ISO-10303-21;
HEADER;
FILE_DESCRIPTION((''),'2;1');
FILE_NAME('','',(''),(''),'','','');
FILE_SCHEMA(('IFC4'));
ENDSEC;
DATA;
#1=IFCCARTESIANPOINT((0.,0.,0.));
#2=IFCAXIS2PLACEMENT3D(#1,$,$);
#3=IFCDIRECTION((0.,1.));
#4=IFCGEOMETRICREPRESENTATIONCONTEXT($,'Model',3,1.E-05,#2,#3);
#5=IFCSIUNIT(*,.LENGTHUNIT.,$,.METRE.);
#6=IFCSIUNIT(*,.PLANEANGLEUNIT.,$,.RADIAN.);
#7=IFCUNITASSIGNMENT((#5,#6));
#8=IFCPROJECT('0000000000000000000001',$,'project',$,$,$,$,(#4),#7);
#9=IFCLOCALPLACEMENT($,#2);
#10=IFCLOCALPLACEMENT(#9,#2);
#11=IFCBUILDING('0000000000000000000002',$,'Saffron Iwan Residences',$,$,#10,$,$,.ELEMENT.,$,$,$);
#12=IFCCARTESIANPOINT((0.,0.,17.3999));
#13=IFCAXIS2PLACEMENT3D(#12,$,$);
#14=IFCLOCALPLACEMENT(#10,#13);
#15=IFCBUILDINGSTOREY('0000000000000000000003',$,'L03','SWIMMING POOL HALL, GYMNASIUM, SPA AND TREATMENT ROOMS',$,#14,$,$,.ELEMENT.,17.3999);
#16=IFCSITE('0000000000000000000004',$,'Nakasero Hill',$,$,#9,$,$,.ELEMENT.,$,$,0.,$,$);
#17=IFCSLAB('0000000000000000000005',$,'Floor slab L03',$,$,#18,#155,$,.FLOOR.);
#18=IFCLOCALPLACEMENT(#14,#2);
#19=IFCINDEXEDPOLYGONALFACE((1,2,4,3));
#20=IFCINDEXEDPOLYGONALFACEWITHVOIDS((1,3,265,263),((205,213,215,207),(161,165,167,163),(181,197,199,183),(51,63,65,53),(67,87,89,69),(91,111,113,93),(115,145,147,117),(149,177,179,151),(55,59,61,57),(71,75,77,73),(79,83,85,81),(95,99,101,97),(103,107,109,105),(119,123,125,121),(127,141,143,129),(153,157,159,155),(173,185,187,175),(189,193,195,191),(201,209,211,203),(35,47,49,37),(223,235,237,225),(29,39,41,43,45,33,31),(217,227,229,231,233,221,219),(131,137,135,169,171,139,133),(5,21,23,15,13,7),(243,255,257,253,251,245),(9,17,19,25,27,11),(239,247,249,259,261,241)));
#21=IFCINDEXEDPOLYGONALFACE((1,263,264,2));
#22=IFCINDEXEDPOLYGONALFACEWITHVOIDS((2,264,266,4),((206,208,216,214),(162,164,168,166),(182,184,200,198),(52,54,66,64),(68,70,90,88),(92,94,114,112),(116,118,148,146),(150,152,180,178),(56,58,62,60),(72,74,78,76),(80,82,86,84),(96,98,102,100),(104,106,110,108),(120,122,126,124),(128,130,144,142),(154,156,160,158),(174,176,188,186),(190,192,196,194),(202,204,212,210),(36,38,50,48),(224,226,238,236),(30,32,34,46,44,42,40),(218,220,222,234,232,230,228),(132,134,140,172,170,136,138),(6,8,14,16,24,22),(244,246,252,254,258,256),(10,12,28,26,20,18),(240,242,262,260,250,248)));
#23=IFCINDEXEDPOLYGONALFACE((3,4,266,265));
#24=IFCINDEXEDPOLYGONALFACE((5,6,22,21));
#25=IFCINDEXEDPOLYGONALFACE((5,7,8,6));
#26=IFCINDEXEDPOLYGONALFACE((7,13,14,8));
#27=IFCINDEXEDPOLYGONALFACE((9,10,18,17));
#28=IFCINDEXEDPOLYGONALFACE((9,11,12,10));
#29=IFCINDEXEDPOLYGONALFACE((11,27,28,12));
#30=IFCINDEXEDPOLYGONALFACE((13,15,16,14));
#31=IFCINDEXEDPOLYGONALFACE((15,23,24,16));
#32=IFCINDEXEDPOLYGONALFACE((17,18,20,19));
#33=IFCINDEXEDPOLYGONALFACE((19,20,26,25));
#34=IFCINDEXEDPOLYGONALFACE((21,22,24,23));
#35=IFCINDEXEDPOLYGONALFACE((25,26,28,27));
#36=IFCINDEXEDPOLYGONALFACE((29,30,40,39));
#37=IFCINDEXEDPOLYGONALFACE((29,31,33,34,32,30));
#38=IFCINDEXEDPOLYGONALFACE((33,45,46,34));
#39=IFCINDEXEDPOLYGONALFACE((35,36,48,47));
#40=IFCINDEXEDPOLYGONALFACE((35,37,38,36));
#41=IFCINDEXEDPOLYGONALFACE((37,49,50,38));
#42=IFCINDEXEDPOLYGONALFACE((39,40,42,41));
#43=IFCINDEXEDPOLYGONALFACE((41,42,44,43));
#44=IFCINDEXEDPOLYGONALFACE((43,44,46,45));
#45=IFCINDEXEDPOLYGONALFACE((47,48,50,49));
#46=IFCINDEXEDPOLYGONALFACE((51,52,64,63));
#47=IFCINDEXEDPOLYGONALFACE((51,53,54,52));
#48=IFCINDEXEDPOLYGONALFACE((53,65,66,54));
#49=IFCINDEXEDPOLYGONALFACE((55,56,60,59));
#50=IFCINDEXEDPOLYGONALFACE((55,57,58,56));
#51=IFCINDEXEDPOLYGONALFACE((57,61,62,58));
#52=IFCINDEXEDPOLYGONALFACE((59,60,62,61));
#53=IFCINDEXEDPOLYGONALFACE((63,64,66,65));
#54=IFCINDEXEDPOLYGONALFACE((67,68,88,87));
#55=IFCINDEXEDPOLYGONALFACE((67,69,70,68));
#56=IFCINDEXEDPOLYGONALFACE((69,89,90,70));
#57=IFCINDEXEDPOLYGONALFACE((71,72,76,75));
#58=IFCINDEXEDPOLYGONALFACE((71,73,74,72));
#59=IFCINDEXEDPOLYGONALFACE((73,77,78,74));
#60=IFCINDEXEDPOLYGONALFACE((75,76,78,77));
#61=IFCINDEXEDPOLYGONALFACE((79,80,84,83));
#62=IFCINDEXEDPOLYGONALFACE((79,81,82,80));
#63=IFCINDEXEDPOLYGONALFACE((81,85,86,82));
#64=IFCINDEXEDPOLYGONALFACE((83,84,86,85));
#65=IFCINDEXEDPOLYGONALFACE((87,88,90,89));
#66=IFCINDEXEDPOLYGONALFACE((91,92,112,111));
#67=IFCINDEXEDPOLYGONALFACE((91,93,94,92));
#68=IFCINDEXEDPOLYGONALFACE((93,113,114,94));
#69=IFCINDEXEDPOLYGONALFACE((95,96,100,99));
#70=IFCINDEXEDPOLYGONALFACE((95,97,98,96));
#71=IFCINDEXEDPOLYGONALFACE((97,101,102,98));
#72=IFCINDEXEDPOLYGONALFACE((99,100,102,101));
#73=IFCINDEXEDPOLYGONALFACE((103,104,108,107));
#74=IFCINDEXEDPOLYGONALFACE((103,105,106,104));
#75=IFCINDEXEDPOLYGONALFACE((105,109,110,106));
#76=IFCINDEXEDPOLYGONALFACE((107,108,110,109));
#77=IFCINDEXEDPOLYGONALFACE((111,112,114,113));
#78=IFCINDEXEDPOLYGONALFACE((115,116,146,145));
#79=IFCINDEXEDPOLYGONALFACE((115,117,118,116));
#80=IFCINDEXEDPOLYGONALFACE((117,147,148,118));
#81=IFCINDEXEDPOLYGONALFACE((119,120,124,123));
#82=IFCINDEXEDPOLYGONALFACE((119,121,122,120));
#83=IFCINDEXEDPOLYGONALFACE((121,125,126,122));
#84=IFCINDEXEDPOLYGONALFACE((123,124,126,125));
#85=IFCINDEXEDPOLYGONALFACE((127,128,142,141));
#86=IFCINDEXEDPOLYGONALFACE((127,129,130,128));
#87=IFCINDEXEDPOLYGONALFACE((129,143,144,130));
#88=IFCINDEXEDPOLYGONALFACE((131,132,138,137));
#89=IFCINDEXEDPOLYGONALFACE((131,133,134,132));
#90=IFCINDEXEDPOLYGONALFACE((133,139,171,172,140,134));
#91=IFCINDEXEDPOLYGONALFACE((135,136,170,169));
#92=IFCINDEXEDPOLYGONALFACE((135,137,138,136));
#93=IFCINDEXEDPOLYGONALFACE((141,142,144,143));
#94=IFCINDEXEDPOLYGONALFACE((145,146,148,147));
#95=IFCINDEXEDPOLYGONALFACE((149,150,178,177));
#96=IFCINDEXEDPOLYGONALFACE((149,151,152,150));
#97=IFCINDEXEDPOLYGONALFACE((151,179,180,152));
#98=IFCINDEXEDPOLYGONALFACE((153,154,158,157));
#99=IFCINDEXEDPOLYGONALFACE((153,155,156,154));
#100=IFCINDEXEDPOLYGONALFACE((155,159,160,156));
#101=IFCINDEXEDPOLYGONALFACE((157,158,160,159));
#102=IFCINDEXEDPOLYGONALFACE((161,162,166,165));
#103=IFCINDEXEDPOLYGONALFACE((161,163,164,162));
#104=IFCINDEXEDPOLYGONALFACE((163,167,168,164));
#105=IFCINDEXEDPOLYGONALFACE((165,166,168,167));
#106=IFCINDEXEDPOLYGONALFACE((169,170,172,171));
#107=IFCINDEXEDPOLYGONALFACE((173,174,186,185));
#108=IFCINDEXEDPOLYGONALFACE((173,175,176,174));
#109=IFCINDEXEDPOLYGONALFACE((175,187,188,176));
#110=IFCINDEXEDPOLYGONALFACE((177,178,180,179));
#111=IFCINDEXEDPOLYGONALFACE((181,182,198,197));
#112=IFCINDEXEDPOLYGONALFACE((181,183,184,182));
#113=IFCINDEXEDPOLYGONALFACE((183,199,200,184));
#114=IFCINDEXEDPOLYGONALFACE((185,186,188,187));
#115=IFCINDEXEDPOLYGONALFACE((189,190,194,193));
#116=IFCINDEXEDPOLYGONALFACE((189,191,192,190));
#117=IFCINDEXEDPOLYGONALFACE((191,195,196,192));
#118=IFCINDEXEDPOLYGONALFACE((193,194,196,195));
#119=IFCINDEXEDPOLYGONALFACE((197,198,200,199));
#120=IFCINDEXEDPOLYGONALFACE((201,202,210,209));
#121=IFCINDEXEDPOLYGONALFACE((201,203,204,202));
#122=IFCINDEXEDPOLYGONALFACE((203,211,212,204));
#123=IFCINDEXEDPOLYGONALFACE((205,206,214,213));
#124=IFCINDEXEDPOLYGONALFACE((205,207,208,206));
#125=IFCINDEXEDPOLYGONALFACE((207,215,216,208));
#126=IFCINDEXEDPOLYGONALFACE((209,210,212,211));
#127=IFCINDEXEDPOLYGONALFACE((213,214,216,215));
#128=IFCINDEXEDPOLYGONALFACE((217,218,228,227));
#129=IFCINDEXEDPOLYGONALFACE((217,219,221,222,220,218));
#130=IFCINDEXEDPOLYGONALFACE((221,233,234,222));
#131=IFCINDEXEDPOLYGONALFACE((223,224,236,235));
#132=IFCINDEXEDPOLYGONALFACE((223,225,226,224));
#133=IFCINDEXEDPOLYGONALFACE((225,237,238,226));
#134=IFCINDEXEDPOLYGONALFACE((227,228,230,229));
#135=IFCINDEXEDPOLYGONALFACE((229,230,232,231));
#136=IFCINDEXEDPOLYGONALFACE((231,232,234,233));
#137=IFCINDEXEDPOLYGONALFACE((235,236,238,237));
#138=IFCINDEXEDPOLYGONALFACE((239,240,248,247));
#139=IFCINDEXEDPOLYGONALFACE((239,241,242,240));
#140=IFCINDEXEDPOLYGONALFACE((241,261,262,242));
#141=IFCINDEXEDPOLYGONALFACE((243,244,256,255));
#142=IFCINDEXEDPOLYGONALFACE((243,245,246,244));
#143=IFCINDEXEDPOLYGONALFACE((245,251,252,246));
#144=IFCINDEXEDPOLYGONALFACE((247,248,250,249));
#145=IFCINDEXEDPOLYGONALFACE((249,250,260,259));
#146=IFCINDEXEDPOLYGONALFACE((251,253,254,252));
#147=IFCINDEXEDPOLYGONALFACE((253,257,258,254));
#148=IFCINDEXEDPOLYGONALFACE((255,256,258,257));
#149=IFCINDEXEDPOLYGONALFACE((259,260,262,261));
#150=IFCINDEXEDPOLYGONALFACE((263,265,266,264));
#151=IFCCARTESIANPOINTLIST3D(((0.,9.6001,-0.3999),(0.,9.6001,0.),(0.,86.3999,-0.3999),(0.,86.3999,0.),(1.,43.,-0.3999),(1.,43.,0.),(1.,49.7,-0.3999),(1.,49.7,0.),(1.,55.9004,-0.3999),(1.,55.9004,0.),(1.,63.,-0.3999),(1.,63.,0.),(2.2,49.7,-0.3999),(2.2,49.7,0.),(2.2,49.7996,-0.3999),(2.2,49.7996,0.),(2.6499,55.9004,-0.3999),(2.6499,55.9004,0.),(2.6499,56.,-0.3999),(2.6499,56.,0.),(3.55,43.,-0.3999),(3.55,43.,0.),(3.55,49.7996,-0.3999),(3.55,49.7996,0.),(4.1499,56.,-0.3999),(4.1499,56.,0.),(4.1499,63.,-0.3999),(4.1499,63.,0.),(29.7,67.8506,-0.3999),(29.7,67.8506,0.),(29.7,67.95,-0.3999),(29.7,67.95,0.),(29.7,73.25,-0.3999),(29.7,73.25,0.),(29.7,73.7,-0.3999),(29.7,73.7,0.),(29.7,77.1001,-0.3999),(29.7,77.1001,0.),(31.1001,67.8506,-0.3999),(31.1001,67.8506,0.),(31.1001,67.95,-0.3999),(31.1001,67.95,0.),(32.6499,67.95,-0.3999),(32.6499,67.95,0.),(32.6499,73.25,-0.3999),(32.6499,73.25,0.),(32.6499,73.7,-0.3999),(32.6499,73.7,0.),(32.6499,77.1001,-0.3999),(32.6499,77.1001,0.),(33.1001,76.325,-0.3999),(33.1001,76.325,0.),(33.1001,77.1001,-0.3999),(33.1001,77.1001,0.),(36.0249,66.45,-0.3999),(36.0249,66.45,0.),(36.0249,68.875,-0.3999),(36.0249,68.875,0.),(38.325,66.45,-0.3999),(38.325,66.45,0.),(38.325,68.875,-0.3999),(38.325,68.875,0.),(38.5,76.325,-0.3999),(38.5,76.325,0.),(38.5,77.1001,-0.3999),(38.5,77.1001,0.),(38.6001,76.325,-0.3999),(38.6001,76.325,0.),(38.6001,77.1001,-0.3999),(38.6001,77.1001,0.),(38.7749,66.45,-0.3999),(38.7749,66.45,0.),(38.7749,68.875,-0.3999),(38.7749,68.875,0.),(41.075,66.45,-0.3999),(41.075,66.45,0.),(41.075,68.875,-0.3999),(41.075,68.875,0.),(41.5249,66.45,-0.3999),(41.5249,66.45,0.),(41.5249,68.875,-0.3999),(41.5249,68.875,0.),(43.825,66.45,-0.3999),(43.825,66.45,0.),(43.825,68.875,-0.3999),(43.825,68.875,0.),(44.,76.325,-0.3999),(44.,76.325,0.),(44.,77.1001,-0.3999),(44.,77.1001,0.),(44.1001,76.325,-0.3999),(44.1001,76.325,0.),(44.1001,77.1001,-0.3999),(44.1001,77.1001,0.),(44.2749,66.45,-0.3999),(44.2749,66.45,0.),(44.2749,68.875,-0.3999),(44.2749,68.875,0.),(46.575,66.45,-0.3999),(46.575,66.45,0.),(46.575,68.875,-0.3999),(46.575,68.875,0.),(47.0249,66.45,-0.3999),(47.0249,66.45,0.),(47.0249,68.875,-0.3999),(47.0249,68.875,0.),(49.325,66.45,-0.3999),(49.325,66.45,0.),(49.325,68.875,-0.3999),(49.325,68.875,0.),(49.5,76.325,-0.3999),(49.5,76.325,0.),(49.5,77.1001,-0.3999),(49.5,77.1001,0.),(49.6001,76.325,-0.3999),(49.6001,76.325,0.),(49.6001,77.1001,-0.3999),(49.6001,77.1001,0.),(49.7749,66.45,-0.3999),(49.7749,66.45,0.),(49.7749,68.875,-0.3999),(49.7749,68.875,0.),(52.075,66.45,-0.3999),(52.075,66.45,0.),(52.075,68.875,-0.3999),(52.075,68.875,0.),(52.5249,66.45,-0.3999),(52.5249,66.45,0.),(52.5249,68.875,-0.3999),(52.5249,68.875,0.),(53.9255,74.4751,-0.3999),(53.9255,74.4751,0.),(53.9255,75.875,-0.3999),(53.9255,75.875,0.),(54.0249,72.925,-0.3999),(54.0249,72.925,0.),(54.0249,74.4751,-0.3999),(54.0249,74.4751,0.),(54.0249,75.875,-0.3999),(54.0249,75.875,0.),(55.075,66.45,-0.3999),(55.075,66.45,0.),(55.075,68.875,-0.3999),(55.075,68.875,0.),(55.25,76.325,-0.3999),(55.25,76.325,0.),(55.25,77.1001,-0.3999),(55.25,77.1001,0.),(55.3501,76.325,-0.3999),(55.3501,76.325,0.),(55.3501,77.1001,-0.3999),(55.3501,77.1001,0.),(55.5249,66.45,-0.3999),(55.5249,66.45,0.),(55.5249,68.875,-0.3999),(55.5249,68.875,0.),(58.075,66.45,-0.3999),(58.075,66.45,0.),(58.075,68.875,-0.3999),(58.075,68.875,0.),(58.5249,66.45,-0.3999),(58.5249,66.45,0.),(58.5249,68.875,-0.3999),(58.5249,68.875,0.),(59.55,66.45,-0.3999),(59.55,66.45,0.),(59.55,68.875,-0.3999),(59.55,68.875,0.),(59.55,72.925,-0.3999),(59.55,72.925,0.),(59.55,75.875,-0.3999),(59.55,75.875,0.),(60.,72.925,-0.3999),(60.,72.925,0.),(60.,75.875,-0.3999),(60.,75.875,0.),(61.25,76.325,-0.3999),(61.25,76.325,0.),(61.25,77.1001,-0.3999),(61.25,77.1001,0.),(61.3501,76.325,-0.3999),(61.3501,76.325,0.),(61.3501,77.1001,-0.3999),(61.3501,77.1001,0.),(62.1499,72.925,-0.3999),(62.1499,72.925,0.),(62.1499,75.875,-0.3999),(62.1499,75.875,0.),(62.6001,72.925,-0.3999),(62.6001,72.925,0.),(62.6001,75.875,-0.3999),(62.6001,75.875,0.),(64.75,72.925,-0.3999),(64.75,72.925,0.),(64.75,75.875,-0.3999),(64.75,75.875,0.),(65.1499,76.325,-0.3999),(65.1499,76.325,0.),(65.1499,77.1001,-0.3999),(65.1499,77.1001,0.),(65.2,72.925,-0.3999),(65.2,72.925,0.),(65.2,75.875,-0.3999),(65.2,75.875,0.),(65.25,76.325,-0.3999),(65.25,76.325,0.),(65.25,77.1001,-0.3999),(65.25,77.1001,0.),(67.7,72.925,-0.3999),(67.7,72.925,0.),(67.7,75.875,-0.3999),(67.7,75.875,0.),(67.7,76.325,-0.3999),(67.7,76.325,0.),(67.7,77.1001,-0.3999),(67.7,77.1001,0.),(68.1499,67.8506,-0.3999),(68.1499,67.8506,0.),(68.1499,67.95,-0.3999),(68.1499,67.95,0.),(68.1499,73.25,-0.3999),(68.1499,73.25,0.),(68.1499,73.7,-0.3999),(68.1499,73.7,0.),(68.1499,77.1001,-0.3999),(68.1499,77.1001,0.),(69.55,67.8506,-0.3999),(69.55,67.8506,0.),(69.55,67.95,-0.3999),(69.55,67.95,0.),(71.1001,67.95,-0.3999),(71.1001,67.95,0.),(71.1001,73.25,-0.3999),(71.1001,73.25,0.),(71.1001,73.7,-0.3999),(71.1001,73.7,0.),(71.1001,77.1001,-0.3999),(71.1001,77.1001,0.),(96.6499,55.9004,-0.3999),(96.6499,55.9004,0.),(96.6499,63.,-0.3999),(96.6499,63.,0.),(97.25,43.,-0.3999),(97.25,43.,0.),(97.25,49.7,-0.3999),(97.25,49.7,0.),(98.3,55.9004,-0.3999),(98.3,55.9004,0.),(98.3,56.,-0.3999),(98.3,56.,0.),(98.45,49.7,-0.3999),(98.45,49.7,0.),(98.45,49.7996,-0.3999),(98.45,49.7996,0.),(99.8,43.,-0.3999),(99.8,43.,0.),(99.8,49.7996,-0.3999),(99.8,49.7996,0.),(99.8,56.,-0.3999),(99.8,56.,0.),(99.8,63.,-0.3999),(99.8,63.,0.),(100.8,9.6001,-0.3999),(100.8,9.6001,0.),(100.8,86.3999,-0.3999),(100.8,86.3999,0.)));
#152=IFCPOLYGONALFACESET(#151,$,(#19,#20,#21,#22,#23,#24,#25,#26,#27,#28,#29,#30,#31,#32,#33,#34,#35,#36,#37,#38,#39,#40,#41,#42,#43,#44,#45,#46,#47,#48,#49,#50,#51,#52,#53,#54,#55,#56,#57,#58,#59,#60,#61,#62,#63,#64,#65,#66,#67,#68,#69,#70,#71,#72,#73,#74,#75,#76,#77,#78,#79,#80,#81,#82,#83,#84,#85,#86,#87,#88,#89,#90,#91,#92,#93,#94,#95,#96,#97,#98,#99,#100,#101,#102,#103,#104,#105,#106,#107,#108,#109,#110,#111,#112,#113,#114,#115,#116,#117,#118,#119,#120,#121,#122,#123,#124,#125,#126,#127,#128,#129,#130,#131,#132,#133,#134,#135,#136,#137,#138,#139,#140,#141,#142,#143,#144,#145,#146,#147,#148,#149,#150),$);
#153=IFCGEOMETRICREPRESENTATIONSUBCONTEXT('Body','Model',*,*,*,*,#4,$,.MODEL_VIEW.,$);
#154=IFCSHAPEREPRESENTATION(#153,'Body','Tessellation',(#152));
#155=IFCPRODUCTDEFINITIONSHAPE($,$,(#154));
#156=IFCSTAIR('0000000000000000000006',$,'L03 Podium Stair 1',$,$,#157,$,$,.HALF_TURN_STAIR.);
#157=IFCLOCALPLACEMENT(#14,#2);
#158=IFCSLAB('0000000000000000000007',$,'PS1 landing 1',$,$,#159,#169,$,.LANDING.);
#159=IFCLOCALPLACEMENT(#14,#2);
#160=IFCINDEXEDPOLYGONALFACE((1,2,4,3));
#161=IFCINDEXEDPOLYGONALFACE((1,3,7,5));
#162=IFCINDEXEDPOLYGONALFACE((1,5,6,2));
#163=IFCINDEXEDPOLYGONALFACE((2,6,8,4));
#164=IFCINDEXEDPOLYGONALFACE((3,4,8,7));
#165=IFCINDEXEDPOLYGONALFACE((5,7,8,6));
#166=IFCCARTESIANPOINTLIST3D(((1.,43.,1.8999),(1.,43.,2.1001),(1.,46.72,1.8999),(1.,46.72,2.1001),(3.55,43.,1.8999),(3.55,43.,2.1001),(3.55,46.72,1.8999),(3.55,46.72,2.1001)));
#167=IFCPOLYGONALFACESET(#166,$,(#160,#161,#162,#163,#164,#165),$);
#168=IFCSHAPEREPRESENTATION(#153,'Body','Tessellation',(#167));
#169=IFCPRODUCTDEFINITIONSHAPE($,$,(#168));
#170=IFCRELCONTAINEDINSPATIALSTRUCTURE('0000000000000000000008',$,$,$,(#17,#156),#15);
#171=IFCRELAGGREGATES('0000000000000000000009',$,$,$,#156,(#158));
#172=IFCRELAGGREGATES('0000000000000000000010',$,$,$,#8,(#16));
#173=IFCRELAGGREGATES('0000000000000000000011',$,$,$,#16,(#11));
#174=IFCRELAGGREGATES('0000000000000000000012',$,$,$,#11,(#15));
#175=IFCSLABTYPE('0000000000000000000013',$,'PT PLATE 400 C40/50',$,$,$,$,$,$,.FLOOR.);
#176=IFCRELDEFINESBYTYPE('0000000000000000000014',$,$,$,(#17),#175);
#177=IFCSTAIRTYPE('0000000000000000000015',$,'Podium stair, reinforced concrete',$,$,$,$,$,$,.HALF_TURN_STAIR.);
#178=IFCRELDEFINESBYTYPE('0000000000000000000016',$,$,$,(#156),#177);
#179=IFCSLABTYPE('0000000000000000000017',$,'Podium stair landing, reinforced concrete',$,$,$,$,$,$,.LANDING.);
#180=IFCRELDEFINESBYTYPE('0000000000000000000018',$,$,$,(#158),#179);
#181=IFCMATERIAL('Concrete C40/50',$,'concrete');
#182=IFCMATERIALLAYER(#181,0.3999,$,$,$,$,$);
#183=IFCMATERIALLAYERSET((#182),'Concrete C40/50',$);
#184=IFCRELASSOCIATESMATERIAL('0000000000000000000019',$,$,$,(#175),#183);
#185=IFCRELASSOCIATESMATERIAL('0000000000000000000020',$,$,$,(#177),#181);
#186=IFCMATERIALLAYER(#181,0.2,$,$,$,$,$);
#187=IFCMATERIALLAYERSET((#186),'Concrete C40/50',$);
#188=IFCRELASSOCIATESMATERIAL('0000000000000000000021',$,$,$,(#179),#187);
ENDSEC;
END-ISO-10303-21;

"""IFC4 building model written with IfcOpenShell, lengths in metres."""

from ifc_helpers import new_model, si_unit, direction, frame, origin, place, context, subcontext, project, spatial, polyline, outline, extrude, material, layer, layer_set, type_object, element, aggregate, save


model = new_model("IFC4")

# Units and contexts
model_context = context("Model", 3, precision=1e-05, world=origin(), true_north=direction((0.0, 1.0)))
body_context = subcontext(model_context, "Body", "Model", "MODEL_VIEW")
ifc_project = project(units=[si_unit("LENGTHUNIT", "METRE"), si_unit("PLANEANGLEUNIT", "RADIAN")], contexts=[model_context])

# Site, building, storey
site_placement = place(None, origin())
site = spatial("IfcSite", under=ifc_project, at=site_placement, Name="Nakasero Hill", CompositionType="ELEMENT", RefElevation=0.0)
building_placement = place(site_placement, origin())
building = spatial("IfcBuilding", under=site, at=building_placement, Name="Saffron Iwan Residences", CompositionType="ELEMENT")
storey_placement = place(building_placement, frame((0.0, 0.0, 17.3999)))
storey = spatial("IfcBuildingStorey", under=building, at=storey_placement, Name="L03", Description="SWIMMING POOL HALL, GYMNASIUM, SPA AND TREATMENT ROOMS", CompositionType="ELEMENT", Elevation=17.3999)

# Slab
ifc_material_1 = material(Name="Concrete C40/50", Category="concrete")
ifc_layer_1 = layer(ifc_material_1, 0.3999)
ifc_layer_set_1 = layer_set([ifc_layer_1], Name="Concrete C40/50")
slab_type_1 = type_object("IfcSlabType", Name="PT PLATE 400 C40/50", PredefinedType="FLOOR", material=ifc_layer_set_1)
slab_1_placement = place(storey_placement, frame((0.0, 0.0, -0.3999)))
element("IfcSlab", 1, at=slab_1_placement, inside=storey, type_object=slab_type_1, Name="Floor slab L03", PredefinedType="FLOOR", context=body_context, shape_type="SweptSolid", body=[
    extrude(outline(polyline([(0.0, 9.6001), (0.0, 86.3999), (100.8, 86.3999), (100.8, 9.6001), (0.0, 9.6001)]), holes=[polyline([(2.2, 49.7), (1.0, 49.7), (1.0, 43.0), (3.55, 43.0), (3.55, 49.7996), (2.2, 49.7996), (2.2, 49.7)]), polyline([(2.6499, 55.9004), (2.6499, 56.0), (4.1499, 56.0), (4.1499, 63.0), (1.0, 63.0), (1.0, 55.9004), (2.6499, 55.9004)]), polyline([(38.325, 66.45), (38.325, 68.875), (36.0249, 68.875), (36.0249, 66.45), (38.325, 66.45)]), polyline([(41.075, 66.45), (41.075, 68.875), (38.7749, 68.875), (38.7749, 66.45), (41.075, 66.45)]), polyline([(43.825, 66.45), (43.825, 68.875), (41.5249, 68.875), (41.5249, 66.45), (43.825, 66.45)]), polyline([(46.575, 66.45), (46.575, 68.875), (44.2749, 68.875), (44.2749, 66.45), (46.575, 66.45)]), polyline([(49.325, 66.45), (49.325, 68.875), (47.0249, 68.875), (47.0249, 66.45), (49.325, 66.45)]), polyline([(52.075, 68.875), (49.7749, 68.875), (49.7749, 66.45), (52.075, 66.45), (52.075, 68.875)]), polyline([(32.6499, 73.25), (29.7, 73.25), (29.7, 67.95), (29.7, 67.8506), (31.1001, 67.8506), (31.1001, 67.95), (32.6499, 67.95), (32.6499, 73.25)]), polyline([(32.6499, 73.7), (32.6499, 77.1001), (29.7, 77.1001), (29.7, 73.7), (32.6499, 73.7)]), polyline([(38.5, 76.325), (38.5, 77.1001), (33.1001, 77.1001), (33.1001, 76.325), (38.5, 76.325)]), polyline([(44.0, 76.325), (44.0, 77.1001), (38.6001, 77.1001), (38.6001, 76.325), (44.0, 76.325)]), polyline([(49.5, 76.325), (49.5, 77.1001), (44.1001, 77.1001), (44.1001, 76.325), (49.5, 76.325)]), polyline([(55.25, 76.325), (55.25, 77.1001), (49.6001, 77.1001), (49.6001, 76.325), (55.25, 76.325)]), polyline([(98.45, 49.7), (97.25, 49.7), (97.25, 43.0), (99.8, 43.0), (99.8, 49.7996), (98.45, 49.7996), (98.45, 49.7)]), polyline([(98.3, 55.9004), (98.3, 56.0), (99.8, 56.0), (99.8, 63.0), (96.6499, 63.0), (96.6499, 55.9004), (98.3, 55.9004)]), polyline([(55.075, 66.45), (55.075, 68.875), (52.5249, 68.875), (52.5249, 66.45), (55.075, 66.45)]), polyline([(58.075, 66.45), (58.075, 68.875), (55.5249, 68.875), (55.5249, 66.45), (58.075, 66.45)]), polyline([(59.55, 66.45), (59.55, 68.875), (58.5249, 68.875), (58.5249, 66.45), (59.55, 66.45)]), polyline([(71.1001, 73.25), (68.1499, 73.25), (68.1499, 67.95), (68.1499, 67.8506), (69.55, 67.8506), (69.55, 67.95), (71.1001, 67.95), (71.1001, 73.25)]), polyline([(53.9255, 74.4751), (54.0249, 74.4751), (54.0249, 72.925), (59.55, 72.925), (59.55, 75.875), (54.0249, 75.875), (53.9255, 75.875), (53.9255, 74.4751)]), polyline([(62.1499, 75.875), (60.0, 75.875), (60.0, 72.925), (62.1499, 72.925), (62.1499, 75.875)]), polyline([(64.75, 72.925), (64.75, 75.875), (62.6001, 75.875), (62.6001, 72.925), (64.75, 72.925)]), polyline([(67.7, 72.925), (67.7, 75.875), (65.2, 75.875), (65.2, 72.925), (67.7, 72.925)]), polyline([(71.1001, 73.7), (71.1001, 77.1001), (68.1499, 77.1001), (68.1499, 73.7), (71.1001, 73.7)]), polyline([(61.25, 76.325), (61.25, 77.1001), (55.3501, 77.1001), (55.3501, 76.325), (61.25, 76.325)]), polyline([(65.1499, 76.325), (65.1499, 77.1001), (61.3501, 77.1001), (61.3501, 76.325), (65.1499, 76.325)]), polyline([(67.7, 76.325), (67.7, 77.1001), (65.25, 77.1001), (65.25, 76.325), (67.7, 76.325)])]), origin(), (0.0, 0.0, 1.0), 0.3999),
])

# Stair, slab
stair_type_1 = type_object("IfcStairType", Name="Podium stair, reinforced concrete", PredefinedType="HALF_TURN_STAIR", material=ifc_material_1)
stair_1_placement = place(storey_placement, origin())
stair_1 = element("IfcStair", 2, at=stair_1_placement, inside=storey, type_object=stair_type_1, Name="L03 Podium Stair 1", PredefinedType="HALF_TURN_STAIR")
ifc_layer_2 = layer(ifc_material_1, 0.2)
ifc_layer_set_2 = layer_set([ifc_layer_2], Name="Concrete C40/50")
slab_type_2 = type_object("IfcSlabType", Name="Podium stair landing, reinforced concrete", PredefinedType="LANDING", material=ifc_layer_set_2)
slab_2_placement = place(storey_placement, frame((0.0, 0.0, 1.8999)))
slab_2 = element("IfcSlab", 3, at=slab_2_placement, type_object=slab_type_2, Name="PS1 landing 1", PredefinedType="LANDING", context=body_context, shape_type="SweptSolid", body=[
    extrude(outline(polyline([(1.0, 46.72), (1.0, 43.0), (3.55, 43.0), (3.55, 46.72), (1.0, 46.72)])), origin(), (0.0, 0.0, 1.0), 0.2002),
])
aggregate(stair_1, [slab_2])

save(model, "model.ifc")
